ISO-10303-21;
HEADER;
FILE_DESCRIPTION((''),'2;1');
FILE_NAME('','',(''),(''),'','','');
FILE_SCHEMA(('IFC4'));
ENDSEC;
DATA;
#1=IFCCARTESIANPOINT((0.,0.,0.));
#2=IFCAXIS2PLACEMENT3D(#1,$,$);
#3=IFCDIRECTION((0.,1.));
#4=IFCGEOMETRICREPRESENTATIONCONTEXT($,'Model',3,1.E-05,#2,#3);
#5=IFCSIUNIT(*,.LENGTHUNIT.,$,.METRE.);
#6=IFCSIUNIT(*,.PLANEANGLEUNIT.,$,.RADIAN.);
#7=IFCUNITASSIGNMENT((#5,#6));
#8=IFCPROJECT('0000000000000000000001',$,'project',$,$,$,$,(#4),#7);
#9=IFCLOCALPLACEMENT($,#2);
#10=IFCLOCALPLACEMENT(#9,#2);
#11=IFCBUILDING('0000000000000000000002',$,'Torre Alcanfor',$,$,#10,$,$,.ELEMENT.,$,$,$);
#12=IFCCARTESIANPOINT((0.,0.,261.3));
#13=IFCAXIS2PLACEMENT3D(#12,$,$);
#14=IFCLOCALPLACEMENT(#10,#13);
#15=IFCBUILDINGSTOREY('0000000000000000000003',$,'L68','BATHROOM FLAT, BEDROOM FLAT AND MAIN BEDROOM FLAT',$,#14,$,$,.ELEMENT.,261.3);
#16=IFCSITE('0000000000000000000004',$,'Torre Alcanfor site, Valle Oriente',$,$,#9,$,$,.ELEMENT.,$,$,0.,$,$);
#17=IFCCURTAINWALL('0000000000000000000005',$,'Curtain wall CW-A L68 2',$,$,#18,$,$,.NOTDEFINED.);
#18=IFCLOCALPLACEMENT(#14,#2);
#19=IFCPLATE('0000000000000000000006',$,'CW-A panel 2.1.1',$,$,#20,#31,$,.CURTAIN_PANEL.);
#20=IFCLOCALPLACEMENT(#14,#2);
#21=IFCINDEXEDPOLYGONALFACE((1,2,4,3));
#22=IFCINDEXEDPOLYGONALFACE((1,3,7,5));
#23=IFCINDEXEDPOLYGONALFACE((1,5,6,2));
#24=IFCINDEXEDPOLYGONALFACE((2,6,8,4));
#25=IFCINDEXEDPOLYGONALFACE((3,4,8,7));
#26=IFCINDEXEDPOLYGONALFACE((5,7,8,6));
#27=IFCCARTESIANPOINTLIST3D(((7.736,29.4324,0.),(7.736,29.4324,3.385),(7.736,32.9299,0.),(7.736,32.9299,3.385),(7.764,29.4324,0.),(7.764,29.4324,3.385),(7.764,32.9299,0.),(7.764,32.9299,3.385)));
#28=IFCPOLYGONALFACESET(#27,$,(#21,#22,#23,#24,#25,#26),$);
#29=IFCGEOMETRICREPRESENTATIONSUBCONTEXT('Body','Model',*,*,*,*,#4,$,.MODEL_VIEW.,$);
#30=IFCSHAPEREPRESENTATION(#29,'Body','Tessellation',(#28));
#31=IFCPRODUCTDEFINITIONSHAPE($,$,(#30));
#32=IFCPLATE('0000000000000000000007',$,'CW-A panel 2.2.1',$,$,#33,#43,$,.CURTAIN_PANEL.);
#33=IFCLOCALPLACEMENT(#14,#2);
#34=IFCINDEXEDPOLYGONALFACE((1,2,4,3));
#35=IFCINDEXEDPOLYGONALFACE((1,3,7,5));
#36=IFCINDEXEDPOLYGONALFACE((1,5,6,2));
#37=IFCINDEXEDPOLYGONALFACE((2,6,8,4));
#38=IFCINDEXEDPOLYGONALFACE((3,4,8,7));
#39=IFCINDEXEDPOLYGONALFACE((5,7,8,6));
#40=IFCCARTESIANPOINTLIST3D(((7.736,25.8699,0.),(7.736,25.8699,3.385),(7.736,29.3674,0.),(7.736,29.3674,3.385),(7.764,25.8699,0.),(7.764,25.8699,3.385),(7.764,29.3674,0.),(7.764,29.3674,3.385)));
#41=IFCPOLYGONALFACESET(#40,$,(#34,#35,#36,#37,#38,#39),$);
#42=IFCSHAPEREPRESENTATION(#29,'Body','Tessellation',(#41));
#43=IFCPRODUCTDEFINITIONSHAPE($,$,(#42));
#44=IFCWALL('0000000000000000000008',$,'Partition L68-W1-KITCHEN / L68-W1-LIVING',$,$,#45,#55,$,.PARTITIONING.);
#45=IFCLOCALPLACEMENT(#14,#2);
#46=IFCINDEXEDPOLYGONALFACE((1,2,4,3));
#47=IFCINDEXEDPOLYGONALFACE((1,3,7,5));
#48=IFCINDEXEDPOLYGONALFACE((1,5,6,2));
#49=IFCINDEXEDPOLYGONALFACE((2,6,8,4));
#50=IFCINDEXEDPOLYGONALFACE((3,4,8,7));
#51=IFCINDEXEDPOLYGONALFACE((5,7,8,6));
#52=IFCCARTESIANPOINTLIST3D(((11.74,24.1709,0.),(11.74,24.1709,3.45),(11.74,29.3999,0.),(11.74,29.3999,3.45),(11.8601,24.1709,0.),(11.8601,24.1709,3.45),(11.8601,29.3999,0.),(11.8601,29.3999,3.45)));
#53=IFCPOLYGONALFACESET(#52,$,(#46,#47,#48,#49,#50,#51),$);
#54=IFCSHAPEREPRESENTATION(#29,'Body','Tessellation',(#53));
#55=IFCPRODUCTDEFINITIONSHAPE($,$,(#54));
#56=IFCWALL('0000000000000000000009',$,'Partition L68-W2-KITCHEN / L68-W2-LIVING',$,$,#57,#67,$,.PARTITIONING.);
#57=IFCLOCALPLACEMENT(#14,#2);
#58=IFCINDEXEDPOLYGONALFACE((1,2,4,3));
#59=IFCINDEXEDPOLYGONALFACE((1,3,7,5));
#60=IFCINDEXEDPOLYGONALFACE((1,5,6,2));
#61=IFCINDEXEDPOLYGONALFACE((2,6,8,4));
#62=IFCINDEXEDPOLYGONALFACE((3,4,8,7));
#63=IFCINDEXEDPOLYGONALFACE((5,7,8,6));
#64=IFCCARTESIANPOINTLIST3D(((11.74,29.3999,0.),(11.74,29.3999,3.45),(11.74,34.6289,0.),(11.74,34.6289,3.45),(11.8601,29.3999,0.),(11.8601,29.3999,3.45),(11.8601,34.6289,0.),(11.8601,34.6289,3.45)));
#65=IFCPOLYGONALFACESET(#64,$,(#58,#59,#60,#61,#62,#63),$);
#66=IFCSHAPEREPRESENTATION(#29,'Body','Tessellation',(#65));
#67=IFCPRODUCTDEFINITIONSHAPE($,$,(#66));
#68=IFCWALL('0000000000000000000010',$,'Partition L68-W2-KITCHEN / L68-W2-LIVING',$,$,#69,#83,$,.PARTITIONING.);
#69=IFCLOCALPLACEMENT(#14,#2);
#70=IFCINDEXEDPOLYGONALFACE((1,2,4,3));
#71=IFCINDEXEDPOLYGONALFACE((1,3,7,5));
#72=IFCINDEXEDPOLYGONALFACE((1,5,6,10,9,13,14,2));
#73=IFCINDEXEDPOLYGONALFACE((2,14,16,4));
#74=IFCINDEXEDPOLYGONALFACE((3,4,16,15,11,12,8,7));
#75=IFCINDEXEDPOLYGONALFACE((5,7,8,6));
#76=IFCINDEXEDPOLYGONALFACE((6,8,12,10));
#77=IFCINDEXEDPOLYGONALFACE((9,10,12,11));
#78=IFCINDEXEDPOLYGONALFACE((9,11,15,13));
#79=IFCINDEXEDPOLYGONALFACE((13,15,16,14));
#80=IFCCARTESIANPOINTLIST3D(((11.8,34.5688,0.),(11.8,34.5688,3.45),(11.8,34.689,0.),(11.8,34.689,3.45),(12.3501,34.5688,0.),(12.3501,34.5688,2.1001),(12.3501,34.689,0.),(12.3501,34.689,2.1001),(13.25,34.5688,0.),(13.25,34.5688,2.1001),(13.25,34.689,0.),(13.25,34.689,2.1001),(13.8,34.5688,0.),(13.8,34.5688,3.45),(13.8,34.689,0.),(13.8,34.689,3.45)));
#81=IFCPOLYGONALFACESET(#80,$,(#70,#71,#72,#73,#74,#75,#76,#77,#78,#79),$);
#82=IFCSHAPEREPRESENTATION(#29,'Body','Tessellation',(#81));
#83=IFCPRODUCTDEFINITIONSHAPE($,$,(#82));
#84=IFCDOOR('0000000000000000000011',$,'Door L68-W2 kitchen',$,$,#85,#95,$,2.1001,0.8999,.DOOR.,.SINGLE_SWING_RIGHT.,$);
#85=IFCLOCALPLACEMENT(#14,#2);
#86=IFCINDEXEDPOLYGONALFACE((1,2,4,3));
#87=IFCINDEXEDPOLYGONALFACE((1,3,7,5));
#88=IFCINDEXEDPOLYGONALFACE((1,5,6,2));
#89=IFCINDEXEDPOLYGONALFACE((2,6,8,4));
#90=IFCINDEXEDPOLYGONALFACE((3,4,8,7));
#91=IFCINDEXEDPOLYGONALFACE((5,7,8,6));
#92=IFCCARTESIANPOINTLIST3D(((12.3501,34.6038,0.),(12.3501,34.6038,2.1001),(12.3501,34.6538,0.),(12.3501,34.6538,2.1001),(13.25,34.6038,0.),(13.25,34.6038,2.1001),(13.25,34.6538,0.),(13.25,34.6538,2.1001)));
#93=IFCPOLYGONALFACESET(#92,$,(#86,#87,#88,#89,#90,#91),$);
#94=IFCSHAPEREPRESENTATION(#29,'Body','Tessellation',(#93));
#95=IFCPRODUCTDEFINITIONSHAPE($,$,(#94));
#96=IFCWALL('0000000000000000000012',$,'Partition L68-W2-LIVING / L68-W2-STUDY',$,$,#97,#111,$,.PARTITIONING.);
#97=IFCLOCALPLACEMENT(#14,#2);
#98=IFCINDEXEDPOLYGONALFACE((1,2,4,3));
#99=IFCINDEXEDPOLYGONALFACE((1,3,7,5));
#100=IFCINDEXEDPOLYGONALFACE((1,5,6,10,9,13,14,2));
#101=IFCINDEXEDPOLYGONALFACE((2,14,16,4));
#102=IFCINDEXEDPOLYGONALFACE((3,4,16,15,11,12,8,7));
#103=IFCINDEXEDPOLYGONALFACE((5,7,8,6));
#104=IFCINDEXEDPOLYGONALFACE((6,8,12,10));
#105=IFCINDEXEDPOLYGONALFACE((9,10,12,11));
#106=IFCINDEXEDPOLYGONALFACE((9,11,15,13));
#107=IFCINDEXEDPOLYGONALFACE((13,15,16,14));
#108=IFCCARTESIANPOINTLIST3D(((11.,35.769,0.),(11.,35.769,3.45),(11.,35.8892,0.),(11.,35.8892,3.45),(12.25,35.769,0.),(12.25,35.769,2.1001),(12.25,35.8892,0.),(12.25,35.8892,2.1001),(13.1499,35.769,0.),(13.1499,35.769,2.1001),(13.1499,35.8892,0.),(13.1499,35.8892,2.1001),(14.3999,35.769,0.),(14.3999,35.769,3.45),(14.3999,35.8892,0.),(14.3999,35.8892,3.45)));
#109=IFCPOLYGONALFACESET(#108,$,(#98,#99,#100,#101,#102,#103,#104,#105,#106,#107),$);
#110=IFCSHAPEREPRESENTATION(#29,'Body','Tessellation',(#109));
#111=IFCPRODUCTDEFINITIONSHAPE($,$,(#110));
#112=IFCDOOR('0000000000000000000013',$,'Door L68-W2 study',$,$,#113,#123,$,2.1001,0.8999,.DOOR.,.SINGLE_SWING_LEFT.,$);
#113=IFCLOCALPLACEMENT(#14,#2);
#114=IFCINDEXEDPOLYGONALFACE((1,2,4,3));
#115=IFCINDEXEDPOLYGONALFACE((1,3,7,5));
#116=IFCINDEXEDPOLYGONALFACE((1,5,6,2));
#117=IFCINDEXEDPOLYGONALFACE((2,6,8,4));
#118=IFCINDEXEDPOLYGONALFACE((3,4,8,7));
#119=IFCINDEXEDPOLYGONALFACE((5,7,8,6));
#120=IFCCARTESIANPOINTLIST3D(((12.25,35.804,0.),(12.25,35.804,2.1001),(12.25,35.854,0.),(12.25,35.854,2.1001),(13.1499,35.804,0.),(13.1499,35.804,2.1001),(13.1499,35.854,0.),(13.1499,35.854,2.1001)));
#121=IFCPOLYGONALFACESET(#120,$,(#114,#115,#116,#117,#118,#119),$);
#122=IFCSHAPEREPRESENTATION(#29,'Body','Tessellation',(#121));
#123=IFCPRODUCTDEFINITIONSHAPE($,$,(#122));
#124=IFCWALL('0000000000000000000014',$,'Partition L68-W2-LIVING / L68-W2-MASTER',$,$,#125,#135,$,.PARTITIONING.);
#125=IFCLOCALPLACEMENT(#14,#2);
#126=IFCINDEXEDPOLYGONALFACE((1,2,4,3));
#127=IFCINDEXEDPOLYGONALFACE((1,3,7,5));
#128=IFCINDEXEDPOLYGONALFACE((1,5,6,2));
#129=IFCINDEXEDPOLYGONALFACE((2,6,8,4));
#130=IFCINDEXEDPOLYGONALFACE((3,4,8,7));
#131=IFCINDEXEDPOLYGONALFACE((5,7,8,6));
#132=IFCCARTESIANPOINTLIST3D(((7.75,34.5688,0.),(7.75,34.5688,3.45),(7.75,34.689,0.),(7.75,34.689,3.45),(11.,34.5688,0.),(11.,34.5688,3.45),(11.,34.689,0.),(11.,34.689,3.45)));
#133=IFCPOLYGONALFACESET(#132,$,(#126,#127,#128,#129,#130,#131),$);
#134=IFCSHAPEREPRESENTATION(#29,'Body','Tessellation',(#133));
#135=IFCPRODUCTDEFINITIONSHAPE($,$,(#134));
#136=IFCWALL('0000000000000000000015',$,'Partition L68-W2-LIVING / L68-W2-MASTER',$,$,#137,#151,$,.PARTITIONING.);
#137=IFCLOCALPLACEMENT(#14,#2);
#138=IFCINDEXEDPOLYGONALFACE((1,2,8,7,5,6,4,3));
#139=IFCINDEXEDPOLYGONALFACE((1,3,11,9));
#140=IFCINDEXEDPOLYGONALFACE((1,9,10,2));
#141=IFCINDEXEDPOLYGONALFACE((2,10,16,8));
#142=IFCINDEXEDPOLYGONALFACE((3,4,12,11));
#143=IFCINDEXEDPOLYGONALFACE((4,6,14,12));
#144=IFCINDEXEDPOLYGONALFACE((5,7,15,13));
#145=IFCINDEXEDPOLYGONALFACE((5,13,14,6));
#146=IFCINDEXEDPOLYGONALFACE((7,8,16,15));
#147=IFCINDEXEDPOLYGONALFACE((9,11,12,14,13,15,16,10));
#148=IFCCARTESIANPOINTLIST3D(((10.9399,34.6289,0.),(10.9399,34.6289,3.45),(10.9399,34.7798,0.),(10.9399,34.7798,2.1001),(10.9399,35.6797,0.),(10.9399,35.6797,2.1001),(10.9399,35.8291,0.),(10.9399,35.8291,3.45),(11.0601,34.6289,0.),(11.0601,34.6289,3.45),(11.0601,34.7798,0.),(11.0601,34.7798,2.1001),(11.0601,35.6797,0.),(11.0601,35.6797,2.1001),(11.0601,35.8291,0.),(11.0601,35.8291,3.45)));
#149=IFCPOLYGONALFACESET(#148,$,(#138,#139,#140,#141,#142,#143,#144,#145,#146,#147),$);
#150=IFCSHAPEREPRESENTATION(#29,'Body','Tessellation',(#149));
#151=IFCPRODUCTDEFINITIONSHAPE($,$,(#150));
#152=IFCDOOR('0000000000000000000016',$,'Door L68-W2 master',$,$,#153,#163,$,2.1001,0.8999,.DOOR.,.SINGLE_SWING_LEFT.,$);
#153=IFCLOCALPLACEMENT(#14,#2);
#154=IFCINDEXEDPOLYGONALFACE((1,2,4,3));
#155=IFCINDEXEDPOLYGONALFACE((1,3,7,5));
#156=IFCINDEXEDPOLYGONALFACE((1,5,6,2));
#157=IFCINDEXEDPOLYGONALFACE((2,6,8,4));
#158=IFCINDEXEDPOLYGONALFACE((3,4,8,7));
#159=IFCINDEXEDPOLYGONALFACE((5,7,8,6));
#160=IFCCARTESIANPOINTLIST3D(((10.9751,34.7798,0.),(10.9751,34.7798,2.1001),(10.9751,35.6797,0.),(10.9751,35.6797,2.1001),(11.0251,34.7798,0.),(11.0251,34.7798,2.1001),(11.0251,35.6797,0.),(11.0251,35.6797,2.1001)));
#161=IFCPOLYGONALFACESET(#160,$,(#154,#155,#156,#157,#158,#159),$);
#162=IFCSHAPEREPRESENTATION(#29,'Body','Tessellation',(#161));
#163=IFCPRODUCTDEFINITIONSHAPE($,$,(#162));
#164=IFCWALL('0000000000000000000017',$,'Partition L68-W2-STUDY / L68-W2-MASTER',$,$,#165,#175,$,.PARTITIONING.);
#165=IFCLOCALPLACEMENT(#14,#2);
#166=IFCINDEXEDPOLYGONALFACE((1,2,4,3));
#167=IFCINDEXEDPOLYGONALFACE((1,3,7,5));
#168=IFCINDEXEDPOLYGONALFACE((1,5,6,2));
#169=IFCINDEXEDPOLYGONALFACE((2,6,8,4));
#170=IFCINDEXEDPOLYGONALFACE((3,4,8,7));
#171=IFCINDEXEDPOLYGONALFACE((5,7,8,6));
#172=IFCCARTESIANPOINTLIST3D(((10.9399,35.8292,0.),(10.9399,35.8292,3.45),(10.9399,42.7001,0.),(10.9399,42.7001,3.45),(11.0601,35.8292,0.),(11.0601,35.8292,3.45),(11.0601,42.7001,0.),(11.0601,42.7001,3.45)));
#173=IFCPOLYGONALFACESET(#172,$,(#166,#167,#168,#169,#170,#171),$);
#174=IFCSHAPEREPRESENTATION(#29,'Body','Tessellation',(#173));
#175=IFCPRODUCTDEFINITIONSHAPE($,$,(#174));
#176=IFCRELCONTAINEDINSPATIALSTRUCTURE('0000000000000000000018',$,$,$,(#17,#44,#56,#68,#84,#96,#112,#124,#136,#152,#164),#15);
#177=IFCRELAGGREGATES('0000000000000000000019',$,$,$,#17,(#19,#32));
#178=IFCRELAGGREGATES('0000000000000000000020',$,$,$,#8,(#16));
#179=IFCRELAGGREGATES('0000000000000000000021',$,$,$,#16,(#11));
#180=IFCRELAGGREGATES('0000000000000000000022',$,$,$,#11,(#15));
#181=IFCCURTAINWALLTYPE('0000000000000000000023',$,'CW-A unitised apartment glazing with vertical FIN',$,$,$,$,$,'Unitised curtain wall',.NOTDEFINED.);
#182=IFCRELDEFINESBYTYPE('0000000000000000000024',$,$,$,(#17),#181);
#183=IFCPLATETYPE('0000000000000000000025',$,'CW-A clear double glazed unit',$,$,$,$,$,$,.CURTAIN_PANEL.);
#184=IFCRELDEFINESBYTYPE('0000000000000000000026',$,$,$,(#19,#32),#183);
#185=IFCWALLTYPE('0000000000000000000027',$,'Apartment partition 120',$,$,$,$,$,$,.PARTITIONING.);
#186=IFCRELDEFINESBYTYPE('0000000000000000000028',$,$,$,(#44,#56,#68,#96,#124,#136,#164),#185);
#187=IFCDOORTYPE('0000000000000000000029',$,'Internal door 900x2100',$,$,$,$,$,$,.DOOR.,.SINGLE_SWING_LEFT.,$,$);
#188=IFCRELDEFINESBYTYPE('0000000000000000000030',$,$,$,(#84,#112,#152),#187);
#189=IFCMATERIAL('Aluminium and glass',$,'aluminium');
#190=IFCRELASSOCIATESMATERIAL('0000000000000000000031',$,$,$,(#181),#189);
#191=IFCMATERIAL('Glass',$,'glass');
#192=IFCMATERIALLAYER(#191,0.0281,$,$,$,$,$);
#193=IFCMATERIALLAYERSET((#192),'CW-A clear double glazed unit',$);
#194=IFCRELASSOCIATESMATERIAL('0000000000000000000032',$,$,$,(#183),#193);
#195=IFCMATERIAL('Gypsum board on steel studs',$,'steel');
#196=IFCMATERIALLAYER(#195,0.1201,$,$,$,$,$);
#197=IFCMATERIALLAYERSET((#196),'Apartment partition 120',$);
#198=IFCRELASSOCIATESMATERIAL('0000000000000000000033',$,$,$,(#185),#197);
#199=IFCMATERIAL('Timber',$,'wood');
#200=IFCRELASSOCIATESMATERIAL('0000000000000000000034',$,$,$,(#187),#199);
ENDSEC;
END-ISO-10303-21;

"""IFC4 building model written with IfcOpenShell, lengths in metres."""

from ifc_helpers import new_model, si_unit, direction, frame, frame_2d, origin, origin_2d, place, context, subcontext, project, spatial, rectangle, extrude, material, layer, layer_set, type_object, element, fill, aggregate, save


model = new_model("IFC4")

# Units and contexts
model_context = context("Model", 3, precision=1e-05, world=origin(), true_north=direction((0.0, 1.0)))
body_context = subcontext(model_context, "Body", "Model", "MODEL_VIEW")
ifc_project = project(units=[si_unit("LENGTHUNIT", "METRE"), si_unit("PLANEANGLEUNIT", "RADIAN")], contexts=[model_context])

# Site, building, storey
site_placement = place(None, origin())
site = spatial("IfcSite", under=ifc_project, at=site_placement, Name="Torre Alcanfor site, Valle Oriente", CompositionType="ELEMENT", RefElevation=0.0)
building_placement = place(site_placement, origin())
building = spatial("IfcBuilding", under=site, at=building_placement, Name="Torre Alcanfor", CompositionType="ELEMENT")
storey_placement = place(building_placement, frame((0.0, 0.0, 261.3)))
storey = spatial("IfcBuildingStorey", under=building, at=storey_placement, Name="L68", Description="BATHROOM FLAT, BEDROOM FLAT AND MAIN BEDROOM FLAT", CompositionType="ELEMENT", Elevation=261.3)

# Curtain wall
ifc_material_1 = material(Name="Aluminium and glass", Category="aluminium")
curtain_wall_type = type_object("IfcCurtainWallType", Name="CW-A unitised apartment glazing with vertical FIN", ElementType="Unitised curtain wall", PredefinedType="NOTDEFINED", material=ifc_material_1)
curtain_wall_placement = place(storey_placement, origin())
curtain_wall = element("IfcCurtainWall", 1, at=curtain_wall_placement, inside=storey, type_object=curtain_wall_type, Name="Curtain wall CW-A L68 2", PredefinedType="NOTDEFINED")

# Plates
ifc_material_2 = material(Name="Glass", Category="glass")
ifc_layer_1 = layer(ifc_material_2, 0.0281)
ifc_layer_set_1 = layer_set([ifc_layer_1], Name="CW-A clear double glazed unit")
plate_type = type_object("IfcPlateType", Name="CW-A clear double glazed unit", PredefinedType="CURTAIN_PANEL", material=ifc_layer_set_1)
plate_1_placement = place(storey_placement, frame((7.75, 31.1812, 0.0), z_axis=(0.0, 0.0, 1.0), x_axis=(0.0, -1.0, 0.0)))
plate_1 = element("IfcPlate", 2, at=plate_1_placement, type_object=plate_type, Name="CW-A panel 2.1.1", PredefinedType="CURTAIN_PANEL", context=body_context, shape_type="SweptSolid", body=[
    extrude(rectangle(XDim=3.4976, YDim=0.0281, at=origin_2d()), origin(), (0.0, 0.0, 1.0), 3.385),
])
plate_2_placement = place(storey_placement, frame((7.75, 27.6187, 0.0), z_axis=(0.0, 0.0, 1.0), x_axis=(0.0, -1.0, 0.0)))
plate_2 = element("IfcPlate", 3, at=plate_2_placement, type_object=plate_type, Name="CW-A panel 2.2.1", PredefinedType="CURTAIN_PANEL", context=body_context, shape_type="SweptSolid", body=[
    extrude(rectangle(XDim=3.4976, YDim=0.0281, at=origin_2d()), origin(), (0.0, 0.0, 1.0), 3.385),
])
aggregate(curtain_wall, [plate_1, plate_2])

# Walls
ifc_material_3 = material(Name="Gypsum board on steel studs", Category="steel")
ifc_layer_2 = layer(ifc_material_3, 0.1201)
ifc_layer_set_2 = layer_set([ifc_layer_2], Name="Apartment partition 120")
wall_type_1 = type_object("IfcWallType", Name="Apartment partition 120", PredefinedType="PARTITIONING", material=ifc_layer_set_2)
for number, where, z_axis, x_axis, name in (
    (4, (11.8, 29.3999, 0.0), (0.0, 0.0, 1.0), (0.0, -1.0, 0.0), "Partition L68-W1-KITCHEN / L68-W1-LIVING"),
    (5, (11.8, 29.3999, 0.0), (0.0, 0.0, 1.0), (0.0, 1.0, 0.0), "Partition L68-W2-KITCHEN / L68-W2-LIVING"),
):
    element("IfcWall", number, at=place(storey_placement, frame(where, z_axis=z_axis, x_axis=x_axis)), inside=storey, type_object=wall_type_1, Name=name, PredefinedType="PARTITIONING", context=body_context, shape_type="SweptSolid", body=[
        extrude(rectangle(XDim=5.229, YDim=0.1201, at=frame_2d((2.6145, 0.0))), origin(), (0.0, 0.0, 1.0), 3.45),
    ])

# Walls, openings, doors
wall_1_placement = place(storey_placement, frame((11.8, 34.6289, 0.0), z_axis=(0.0, 0.0, 1.0), x_axis=(1.0, 0.0, 0.0)))
wall_1 = element("IfcWall", 6, at=wall_1_placement, inside=storey, type_object=wall_type_1, Name="Partition L68-W2-KITCHEN / L68-W2-LIVING", PredefinedType="PARTITIONING", context=body_context, shape_type="SweptSolid", body=[
    extrude(rectangle(XDim=2.0, YDim=0.1201, at=frame_2d((1.0, 0.0))), origin(), (0.0, 0.0, 1.0), 3.45),
])
opening_1_placement = place(wall_1_placement, frame((0.55, 0.0, 0.0)))
opening_1 = element("IfcOpeningElement", 7, at=opening_1_placement, cuts=wall_1, PredefinedType="OPENING", context=body_context, shape_type="SweptSolid", body=[
    extrude(rectangle(XDim=0.8999, YDim=2.1001, at=frame_2d((0.45, 1.05))), frame((0.0, 0.0701, 0.0), z_axis=(0.0, -1.0, 0.0), x_axis=(1.0, 0.0, 0.0)), (0.0, 0.0, 1.0), 0.1401),
])
ifc_material_4 = material(Name="Timber", Category="wood")
door_type = type_object("IfcDoorType", Name="Internal door 900x2100", OperationType="SINGLE_SWING_LEFT", PredefinedType="DOOR", material=ifc_material_4)
door_1_placement = place(opening_1_placement, frame((0.8999, 0.0, 0.0), z_axis=(0.0, 0.0, 1.0), x_axis=(-1.0, 0.0, 0.0)))
door_1 = element("IfcDoor", 8, at=door_1_placement, inside=storey, type_object=door_type, Name="Door L68-W2 kitchen", OperationType="SINGLE_SWING_RIGHT", OverallHeight=2.1001, OverallWidth=0.8999, PredefinedType="DOOR", context=body_context, shape_type="SweptSolid", body=[
    extrude(rectangle(XDim=0.8999, YDim=2.1001, at=frame_2d((0.45, 1.05))), frame((0.0, 0.0251, 0.0), z_axis=(0.0, -1.0, 0.0), x_axis=(1.0, 0.0, 0.0)), (0.0, 0.0, 1.0), 0.05),
])
fill(opening_1, door_1)
wall_2_placement = place(storey_placement, frame((11.0, 35.8291, 0.0), z_axis=(0.0, 0.0, 1.0), x_axis=(1.0, 0.0, 0.0)))
wall_2 = element("IfcWall", 9, at=wall_2_placement, inside=storey, type_object=wall_type_1, Name="Partition L68-W2-LIVING / L68-W2-STUDY", PredefinedType="PARTITIONING", context=body_context, shape_type="SweptSolid", body=[
    extrude(rectangle(XDim=3.3999, YDim=0.1201, at=frame_2d((1.7, 0.0))), origin(), (0.0, 0.0, 1.0), 3.45),
])
opening_2_placement = place(wall_2_placement, frame((1.25, 0.0, 0.0)))
opening_2 = element("IfcOpeningElement", 10, at=opening_2_placement, cuts=wall_2, PredefinedType="OPENING", context=body_context, shape_type="SweptSolid", body=[
    extrude(rectangle(XDim=0.8999, YDim=2.1001, at=frame_2d((0.45, 1.05))), frame((0.0, 0.0701, 0.0), z_axis=(0.0, -1.0, 0.0), x_axis=(1.0, 0.0, 0.0)), (0.0, 0.0, 1.0), 0.1401),
])
door_2_placement = place(opening_2_placement, origin())
door_2 = element("IfcDoor", 11, at=door_2_placement, inside=storey, type_object=door_type, Name="Door L68-W2 study", OperationType="SINGLE_SWING_LEFT", OverallHeight=2.1001, OverallWidth=0.8999, PredefinedType="DOOR", context=body_context, shape_type="SweptSolid", body=[
    extrude(rectangle(XDim=0.8999, YDim=2.1001, at=frame_2d((0.45, 1.05))), frame((0.0, 0.0249, 0.0), z_axis=(0.0, -1.0, 0.0), x_axis=(1.0, 0.0, 0.0)), (0.0, 0.0, 1.0), 0.05),
])
fill(opening_2, door_2)

# Wall
wall_3_placement = place(storey_placement, frame((7.75, 34.6289, 0.0), z_axis=(0.0, 0.0, 1.0), x_axis=(1.0, 0.0, 0.0)))
element("IfcWall", 12, at=wall_3_placement, inside=storey, type_object=wall_type_1, Name="Partition L68-W2-LIVING / L68-W2-MASTER", PredefinedType="PARTITIONING", context=body_context, shape_type="SweptSolid", body=[
    extrude(rectangle(XDim=3.25, YDim=0.1201, at=frame_2d((1.625, 0.0))), origin(), (0.0, 0.0, 1.0), 3.45),
])

# Wall, opening, door
wall_4_placement = place(storey_placement, frame((11.0, 34.6289, 0.0), z_axis=(0.0, 0.0, 1.0), x_axis=(0.0, 1.0, 0.0)))
wall_4 = element("IfcWall", 13, at=wall_4_placement, inside=storey, type_object=wall_type_1, Name="Partition L68-W2-LIVING / L68-W2-MASTER", PredefinedType="PARTITIONING", context=body_context, shape_type="SweptSolid", body=[
    extrude(rectangle(XDim=1.2002, YDim=0.1201, at=frame_2d((0.6001, 0.0))), origin(), (0.0, 0.0, 1.0), 3.45),
])
opening_3_placement = place(wall_4_placement, frame((0.1509, 0.0, 0.0)))
opening_3 = element("IfcOpeningElement", 14, at=opening_3_placement, cuts=wall_4, PredefinedType="OPENING", context=body_context, shape_type="SweptSolid", body=[
    extrude(rectangle(XDim=0.8999, YDim=2.1001, at=frame_2d((0.45, 1.05))), frame((0.0, 0.0701, 0.0), z_axis=(0.0, -1.0, 0.0), x_axis=(1.0, 0.0, 0.0)), (0.0, 0.0, 1.0), 0.1401),
])
door_3_placement = place(opening_3_placement, origin())
door_3 = element("IfcDoor", 15, at=door_3_placement, inside=storey, type_object=door_type, Name="Door L68-W2 master", OperationType="SINGLE_SWING_LEFT", OverallHeight=2.1001, OverallWidth=0.8999, PredefinedType="DOOR", context=body_context, shape_type="SweptSolid", body=[
    extrude(rectangle(XDim=0.8999, YDim=2.1001, at=frame_2d((0.45, 1.05))), frame((0.0, 0.0249, 0.0), z_axis=(0.0, -1.0, 0.0), x_axis=(1.0, 0.0, 0.0)), (0.0, 0.0, 1.0), 0.05),
])
fill(opening_3, door_3)

# Wall
wall_5_placement = place(storey_placement, frame((11.0, 35.8291, 0.0), z_axis=(0.0, 0.0, 1.0), x_axis=(0.0, 1.0, 0.0)))
element("IfcWall", 16, at=wall_5_placement, inside=storey, type_object=wall_type_1, Name="Partition L68-W2-STUDY / L68-W2-MASTER", PredefinedType="PARTITIONING", context=body_context, shape_type="SweptSolid", body=[
    extrude(rectangle(XDim=6.8708, YDim=0.1201, at=frame_2d((3.4355, 0.0))), origin(), (0.0, 0.0, 1.0), 3.45),
])

save(model, "model.ifc")
